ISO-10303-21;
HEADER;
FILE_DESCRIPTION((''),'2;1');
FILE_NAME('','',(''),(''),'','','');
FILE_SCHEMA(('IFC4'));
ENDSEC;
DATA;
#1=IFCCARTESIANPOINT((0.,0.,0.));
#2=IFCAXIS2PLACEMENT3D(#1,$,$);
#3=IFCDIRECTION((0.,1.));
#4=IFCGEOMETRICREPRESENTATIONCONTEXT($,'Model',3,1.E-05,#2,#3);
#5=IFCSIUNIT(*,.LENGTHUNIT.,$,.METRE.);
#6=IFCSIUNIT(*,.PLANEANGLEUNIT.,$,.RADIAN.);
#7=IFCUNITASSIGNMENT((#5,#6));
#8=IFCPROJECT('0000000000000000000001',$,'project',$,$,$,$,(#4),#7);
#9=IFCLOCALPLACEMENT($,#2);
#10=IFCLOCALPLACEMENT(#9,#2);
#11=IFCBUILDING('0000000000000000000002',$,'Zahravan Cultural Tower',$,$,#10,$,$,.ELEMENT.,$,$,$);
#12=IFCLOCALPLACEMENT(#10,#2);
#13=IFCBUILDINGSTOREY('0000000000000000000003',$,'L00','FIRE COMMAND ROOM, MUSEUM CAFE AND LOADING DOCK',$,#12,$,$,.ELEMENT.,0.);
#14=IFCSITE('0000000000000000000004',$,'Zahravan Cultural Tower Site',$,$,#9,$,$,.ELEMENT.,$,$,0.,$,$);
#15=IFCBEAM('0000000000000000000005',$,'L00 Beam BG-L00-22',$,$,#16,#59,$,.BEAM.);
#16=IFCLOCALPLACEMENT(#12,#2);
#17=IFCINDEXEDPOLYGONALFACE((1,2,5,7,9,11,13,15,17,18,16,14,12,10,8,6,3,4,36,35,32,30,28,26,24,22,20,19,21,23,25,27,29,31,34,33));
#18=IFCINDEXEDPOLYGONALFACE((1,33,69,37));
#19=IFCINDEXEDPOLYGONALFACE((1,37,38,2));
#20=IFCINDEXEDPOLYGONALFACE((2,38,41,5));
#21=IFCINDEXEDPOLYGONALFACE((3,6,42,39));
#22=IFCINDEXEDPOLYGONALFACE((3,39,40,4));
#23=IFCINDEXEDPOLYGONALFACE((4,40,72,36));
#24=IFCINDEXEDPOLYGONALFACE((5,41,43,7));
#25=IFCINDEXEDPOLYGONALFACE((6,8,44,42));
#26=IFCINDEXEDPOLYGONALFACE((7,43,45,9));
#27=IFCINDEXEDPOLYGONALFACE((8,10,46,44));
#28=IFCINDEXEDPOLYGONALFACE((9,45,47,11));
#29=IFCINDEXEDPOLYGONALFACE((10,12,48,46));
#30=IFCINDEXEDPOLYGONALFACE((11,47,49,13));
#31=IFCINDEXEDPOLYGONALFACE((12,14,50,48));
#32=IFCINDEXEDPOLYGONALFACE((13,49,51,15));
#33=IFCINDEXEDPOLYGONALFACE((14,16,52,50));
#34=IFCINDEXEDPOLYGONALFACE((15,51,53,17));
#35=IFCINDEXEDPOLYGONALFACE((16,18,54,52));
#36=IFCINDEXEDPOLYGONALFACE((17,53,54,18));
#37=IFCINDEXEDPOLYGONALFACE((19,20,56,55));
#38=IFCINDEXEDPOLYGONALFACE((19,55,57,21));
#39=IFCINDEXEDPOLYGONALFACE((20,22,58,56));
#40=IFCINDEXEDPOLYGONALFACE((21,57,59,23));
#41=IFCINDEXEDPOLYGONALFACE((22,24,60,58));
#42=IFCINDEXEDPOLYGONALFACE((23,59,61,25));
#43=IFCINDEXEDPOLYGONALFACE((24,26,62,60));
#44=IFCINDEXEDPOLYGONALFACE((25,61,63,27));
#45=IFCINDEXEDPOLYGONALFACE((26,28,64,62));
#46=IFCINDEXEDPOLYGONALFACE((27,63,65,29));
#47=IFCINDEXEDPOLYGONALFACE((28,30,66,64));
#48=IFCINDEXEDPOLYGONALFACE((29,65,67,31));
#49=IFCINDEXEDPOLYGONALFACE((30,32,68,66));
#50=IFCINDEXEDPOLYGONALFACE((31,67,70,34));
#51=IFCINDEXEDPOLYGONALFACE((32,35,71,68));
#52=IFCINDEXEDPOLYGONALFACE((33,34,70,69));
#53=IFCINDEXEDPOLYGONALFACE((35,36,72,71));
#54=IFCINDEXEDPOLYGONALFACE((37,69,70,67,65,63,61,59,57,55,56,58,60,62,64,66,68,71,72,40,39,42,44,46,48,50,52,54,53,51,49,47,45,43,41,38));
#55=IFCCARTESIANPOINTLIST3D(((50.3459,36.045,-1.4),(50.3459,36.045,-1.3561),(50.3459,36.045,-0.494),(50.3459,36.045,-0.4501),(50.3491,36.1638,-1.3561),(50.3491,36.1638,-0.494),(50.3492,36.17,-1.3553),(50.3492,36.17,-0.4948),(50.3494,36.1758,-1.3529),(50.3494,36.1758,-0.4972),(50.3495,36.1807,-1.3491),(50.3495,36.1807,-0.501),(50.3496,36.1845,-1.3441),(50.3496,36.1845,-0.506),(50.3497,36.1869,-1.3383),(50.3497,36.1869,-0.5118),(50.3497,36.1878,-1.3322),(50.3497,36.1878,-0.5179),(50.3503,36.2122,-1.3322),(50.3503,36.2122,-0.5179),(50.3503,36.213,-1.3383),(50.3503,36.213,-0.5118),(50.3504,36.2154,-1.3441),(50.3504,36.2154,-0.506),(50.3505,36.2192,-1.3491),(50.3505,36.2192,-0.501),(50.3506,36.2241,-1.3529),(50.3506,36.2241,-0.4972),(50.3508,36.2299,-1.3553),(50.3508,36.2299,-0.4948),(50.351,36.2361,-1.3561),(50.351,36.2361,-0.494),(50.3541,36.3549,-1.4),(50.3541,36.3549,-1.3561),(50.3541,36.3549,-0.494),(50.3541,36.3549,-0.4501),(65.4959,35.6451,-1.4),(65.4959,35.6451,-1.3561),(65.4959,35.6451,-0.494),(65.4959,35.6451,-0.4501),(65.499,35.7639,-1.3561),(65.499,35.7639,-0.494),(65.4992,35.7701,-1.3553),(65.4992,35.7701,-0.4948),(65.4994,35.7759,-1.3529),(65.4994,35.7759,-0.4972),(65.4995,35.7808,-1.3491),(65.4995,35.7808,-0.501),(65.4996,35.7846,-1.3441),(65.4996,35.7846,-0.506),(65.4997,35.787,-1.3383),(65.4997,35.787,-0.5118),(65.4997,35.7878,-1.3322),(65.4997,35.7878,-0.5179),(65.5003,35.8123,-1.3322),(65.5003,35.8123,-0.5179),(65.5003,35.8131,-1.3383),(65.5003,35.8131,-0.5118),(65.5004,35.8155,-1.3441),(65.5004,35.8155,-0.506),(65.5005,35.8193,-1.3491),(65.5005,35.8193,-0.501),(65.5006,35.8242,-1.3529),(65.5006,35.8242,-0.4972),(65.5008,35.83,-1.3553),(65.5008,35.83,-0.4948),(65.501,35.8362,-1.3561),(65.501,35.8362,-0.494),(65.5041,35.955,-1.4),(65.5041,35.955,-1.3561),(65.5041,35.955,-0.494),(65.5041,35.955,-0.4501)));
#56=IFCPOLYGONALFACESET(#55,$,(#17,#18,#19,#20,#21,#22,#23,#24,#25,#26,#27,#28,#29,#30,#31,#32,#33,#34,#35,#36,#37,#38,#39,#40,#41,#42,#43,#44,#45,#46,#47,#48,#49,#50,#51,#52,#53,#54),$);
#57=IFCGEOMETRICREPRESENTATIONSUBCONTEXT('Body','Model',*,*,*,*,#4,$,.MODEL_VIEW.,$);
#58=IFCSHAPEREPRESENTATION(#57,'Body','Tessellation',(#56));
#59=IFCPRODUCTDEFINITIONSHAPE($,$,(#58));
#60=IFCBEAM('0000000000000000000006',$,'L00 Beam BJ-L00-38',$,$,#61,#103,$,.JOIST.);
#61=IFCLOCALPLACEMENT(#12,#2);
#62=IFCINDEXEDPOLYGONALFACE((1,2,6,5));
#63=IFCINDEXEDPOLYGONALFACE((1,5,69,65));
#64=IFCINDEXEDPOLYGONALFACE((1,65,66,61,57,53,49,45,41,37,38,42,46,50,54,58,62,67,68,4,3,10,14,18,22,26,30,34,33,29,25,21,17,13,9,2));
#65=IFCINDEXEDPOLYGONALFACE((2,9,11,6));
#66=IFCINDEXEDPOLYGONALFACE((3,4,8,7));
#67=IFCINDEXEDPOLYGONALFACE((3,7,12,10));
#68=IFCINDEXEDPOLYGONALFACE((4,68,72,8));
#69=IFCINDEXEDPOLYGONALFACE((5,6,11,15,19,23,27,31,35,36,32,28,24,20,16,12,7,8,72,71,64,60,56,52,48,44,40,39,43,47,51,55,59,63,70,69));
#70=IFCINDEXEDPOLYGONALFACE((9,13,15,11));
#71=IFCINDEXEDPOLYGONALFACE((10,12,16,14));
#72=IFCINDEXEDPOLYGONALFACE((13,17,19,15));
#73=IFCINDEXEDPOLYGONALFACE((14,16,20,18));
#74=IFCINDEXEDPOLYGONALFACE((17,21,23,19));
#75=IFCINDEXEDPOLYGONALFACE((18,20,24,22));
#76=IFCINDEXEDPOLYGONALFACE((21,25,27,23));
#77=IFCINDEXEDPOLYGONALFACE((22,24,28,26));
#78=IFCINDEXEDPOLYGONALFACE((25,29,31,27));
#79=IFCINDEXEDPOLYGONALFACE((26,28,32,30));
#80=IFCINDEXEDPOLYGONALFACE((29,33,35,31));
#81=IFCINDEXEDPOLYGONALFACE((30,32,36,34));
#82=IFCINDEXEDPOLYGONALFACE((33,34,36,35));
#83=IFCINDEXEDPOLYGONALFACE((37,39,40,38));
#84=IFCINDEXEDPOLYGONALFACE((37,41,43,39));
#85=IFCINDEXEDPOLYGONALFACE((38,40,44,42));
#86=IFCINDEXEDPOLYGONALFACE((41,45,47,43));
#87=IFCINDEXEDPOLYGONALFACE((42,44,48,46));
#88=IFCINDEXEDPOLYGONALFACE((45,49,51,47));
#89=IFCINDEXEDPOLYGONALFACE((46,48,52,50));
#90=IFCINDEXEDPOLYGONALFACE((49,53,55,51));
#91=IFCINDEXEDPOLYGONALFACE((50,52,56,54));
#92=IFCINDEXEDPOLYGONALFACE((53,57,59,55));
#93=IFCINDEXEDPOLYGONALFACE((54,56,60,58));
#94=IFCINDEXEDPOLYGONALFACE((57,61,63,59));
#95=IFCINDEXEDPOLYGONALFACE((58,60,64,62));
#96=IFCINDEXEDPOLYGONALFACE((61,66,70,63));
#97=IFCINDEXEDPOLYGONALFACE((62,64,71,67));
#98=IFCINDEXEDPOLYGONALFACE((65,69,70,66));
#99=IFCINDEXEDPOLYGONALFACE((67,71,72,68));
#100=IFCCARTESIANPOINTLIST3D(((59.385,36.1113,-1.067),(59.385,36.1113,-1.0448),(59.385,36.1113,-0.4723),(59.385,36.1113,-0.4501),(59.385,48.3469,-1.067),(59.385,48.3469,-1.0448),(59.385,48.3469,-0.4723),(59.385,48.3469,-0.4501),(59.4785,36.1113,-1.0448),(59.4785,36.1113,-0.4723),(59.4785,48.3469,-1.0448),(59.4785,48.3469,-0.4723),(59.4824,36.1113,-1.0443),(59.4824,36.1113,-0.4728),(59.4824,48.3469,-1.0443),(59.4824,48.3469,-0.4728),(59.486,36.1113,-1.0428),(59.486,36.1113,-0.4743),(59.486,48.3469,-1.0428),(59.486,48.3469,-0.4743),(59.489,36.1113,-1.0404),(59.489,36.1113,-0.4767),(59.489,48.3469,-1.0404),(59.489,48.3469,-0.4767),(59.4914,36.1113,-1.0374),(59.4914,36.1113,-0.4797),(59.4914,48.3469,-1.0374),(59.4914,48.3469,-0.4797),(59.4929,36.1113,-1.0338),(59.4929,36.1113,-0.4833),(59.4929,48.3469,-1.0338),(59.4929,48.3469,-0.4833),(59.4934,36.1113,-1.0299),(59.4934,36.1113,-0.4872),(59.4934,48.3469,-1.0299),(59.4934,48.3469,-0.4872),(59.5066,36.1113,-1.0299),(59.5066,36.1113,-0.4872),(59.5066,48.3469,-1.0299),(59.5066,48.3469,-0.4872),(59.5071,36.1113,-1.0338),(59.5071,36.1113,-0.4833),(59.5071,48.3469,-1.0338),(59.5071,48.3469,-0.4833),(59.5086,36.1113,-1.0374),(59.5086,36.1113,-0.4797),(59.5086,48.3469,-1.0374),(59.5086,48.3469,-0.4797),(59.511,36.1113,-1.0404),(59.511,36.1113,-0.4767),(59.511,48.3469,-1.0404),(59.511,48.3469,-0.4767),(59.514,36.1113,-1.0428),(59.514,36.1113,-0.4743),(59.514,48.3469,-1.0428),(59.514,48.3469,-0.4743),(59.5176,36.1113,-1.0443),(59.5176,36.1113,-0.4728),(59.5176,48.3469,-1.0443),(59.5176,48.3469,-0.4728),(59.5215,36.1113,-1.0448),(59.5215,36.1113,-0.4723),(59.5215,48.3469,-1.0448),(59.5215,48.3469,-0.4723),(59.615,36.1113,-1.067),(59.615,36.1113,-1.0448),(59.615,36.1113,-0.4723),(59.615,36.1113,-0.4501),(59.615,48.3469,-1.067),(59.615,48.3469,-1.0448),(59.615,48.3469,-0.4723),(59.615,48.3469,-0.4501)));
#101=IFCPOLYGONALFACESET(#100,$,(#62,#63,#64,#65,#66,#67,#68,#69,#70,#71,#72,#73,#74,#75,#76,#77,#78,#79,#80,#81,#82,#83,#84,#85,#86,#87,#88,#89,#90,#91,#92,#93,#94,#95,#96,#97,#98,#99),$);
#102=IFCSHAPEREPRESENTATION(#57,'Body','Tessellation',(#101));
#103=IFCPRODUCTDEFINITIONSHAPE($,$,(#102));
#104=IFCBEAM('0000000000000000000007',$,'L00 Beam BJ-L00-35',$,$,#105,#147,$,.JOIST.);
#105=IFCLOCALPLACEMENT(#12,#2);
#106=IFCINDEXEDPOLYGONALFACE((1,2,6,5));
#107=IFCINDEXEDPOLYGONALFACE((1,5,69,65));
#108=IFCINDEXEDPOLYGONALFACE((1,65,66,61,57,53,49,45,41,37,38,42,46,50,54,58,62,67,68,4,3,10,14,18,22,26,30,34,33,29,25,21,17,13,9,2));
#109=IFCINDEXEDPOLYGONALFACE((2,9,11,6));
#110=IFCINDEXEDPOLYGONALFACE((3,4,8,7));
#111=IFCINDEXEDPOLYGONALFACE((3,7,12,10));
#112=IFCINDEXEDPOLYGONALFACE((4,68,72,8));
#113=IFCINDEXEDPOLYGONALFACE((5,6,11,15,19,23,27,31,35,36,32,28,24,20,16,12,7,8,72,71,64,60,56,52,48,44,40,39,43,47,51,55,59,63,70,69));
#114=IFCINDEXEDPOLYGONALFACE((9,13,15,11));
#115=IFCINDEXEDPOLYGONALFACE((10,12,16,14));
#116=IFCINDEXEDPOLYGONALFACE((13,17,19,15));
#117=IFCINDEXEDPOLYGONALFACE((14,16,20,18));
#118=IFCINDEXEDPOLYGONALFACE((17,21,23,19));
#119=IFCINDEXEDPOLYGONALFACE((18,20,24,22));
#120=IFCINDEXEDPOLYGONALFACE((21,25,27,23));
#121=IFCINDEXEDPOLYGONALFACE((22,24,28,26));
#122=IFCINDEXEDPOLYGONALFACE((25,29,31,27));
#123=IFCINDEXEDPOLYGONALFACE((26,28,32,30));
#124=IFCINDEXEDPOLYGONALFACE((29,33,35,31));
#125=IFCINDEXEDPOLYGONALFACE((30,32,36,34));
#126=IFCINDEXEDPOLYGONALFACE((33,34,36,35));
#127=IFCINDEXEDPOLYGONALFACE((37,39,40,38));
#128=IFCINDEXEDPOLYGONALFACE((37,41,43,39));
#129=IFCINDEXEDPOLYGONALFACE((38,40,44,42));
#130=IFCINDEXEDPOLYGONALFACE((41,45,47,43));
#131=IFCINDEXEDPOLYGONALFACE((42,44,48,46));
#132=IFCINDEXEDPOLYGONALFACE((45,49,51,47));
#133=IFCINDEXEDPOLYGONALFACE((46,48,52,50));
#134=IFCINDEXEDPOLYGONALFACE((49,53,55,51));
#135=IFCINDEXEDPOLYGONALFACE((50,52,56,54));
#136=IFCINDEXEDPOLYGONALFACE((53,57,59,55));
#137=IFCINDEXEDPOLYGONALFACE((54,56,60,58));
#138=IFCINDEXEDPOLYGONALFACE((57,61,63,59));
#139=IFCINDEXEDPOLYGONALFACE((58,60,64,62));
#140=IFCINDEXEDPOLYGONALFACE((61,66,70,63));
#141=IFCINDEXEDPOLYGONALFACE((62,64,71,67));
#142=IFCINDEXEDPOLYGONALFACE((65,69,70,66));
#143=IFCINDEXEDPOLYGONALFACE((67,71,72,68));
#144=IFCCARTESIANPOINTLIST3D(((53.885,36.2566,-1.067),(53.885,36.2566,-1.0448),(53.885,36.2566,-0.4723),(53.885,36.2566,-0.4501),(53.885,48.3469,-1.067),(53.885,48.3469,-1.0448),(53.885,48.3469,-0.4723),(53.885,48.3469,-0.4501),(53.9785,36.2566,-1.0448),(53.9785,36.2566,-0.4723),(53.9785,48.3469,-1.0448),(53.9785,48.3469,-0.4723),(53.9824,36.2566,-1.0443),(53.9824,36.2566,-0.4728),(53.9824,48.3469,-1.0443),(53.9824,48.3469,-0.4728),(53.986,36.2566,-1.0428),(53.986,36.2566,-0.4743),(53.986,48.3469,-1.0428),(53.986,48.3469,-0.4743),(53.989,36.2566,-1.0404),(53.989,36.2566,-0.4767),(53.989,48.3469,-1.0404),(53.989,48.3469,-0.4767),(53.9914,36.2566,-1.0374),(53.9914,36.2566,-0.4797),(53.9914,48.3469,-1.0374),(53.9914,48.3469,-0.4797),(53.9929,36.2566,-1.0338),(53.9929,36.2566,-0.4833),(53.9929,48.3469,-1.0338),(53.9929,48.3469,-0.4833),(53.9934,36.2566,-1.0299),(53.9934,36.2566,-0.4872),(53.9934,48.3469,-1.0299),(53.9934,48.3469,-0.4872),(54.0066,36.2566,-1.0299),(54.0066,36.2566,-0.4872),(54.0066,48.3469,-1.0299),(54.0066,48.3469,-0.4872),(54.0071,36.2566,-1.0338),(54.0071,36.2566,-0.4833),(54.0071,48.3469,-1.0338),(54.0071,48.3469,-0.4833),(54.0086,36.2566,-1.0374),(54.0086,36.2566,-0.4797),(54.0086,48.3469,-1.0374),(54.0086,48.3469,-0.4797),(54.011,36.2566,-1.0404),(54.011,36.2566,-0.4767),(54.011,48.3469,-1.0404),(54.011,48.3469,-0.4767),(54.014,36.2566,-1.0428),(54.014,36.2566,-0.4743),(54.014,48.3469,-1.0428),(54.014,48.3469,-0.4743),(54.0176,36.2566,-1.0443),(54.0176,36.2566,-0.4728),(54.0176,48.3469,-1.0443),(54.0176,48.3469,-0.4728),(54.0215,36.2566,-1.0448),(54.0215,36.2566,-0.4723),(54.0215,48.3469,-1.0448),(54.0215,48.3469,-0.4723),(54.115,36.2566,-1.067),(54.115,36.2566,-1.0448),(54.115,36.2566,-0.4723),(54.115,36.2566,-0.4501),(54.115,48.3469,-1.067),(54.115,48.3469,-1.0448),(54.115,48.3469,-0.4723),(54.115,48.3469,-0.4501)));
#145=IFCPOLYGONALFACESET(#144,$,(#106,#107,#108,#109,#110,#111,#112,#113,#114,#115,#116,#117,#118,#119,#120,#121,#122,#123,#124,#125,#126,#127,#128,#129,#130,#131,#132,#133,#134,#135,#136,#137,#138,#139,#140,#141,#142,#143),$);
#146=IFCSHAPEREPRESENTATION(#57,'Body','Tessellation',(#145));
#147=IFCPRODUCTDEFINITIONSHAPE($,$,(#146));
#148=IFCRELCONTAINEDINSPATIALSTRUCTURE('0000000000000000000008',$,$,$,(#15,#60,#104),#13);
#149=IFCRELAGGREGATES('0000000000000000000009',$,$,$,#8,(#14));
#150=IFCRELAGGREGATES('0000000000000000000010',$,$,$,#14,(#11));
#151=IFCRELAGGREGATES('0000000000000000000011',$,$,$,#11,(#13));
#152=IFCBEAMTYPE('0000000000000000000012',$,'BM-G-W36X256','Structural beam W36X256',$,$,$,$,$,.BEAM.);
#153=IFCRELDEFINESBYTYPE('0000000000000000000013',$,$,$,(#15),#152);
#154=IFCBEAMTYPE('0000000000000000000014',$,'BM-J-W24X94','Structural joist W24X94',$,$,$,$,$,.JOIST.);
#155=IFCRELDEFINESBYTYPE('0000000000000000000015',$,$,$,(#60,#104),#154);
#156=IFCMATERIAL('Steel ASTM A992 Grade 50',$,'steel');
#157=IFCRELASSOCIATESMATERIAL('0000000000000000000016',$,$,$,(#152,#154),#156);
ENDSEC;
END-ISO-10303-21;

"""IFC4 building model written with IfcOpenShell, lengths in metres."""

from ifc_helpers import new_model, si_unit, direction, frame, origin, origin_2d, place, context, subcontext, project, spatial, i_section, extrude, source, transform, mapped, material, material_profile, profile_set, type_object, element, save


model = new_model("IFC4")

# Units and contexts
model_context = context("Model", 3, precision=1e-05, world=origin(), true_north=direction((0.0, 1.0)))
body_context = subcontext(model_context, "Body", "Model", "MODEL_VIEW")
ifc_project = project(units=[si_unit("LENGTHUNIT", "METRE"), si_unit("PLANEANGLEUNIT", "RADIAN")], contexts=[model_context])

# Site, building, storey
site_placement = place(None, origin())
site = spatial("IfcSite", under=ifc_project, at=site_placement, Name="Zahravan Cultural Tower Site", CompositionType="ELEMENT", RefElevation=0.0)
building_placement = place(site_placement, origin())
building = spatial("IfcBuilding", under=site, at=building_placement, Name="Zahravan Cultural Tower", CompositionType="ELEMENT")
storey_placement = place(building_placement, origin())
storey = spatial("IfcBuildingStorey", under=building, at=storey_placement, Name="L00", Description="FIRE COMMAND ROOM, MUSEUM CAFE AND LOADING DOCK", CompositionType="ELEMENT", Elevation=0.0)

# Beams
ifc_material_1 = material(Name="Steel ASTM A992 Grade 50", Category="steel")
ifc_material_profile_1 = material_profile(ifc_material_1, i_section(OverallWidth=0.3101, OverallDepth=0.95, WebThickness=0.0244, FlangeThickness=0.0439, FilletRadius=0.0239, at=origin_2d()), Name="W36X256")
ifc_profile_set_1 = profile_set([ifc_material_profile_1], Name="Steel ASTM A992 Grade 50")
beam_type_1 = type_object("IfcBeamType", Name="BM-G-W36X256", Description="Structural beam W36X256", PredefinedType="BEAM", material=ifc_profile_set_1)
shared_shape_1 = source(origin(), body_context, "Body", "SweptSolid", [
    extrude(i_section(OverallWidth=0.3101, OverallDepth=0.95, WebThickness=0.0244, FlangeThickness=0.0439, FilletRadius=0.0239, at=origin_2d()), origin(), (0.0, 0.0, 1.0), 15.1553),
])
beam_1_placement = place(storey_placement, frame((65.5, 35.8, -0.925), z_axis=(-0.999652, 0.026387, 0.0), x_axis=(-0.026387, -0.999652, 0.0)))
element("IfcBeam", 1, at=beam_1_placement, inside=storey, type_object=beam_type_1, Name="L00 Beam BG-L00-22", PredefinedType="BEAM", context=body_context, shape_type="MappedRepresentation", body=[
    mapped(shared_shape_1, transform((0.0, 0.0, 0.0), x_axis=(1.0, 0.0, 0.0), y_axis=(0.0, 1.0, 0.0), z_axis=(0.0, 0.0, 1.0), scale=1.0)),
])
ifc_material_profile_2 = material_profile(ifc_material_1, i_section(OverallWidth=0.23, OverallDepth=0.6169, WebThickness=0.0132, FlangeThickness=0.0222, FilletRadius=0.0149, at=origin_2d()), Name="W24X94")
ifc_profile_set_2 = profile_set([ifc_material_profile_2], Name="Steel ASTM A992 Grade 50")
beam_type_2 = type_object("IfcBeamType", Name="BM-J-W24X94", Description="Structural joist W24X94", PredefinedType="JOIST", material=ifc_profile_set_2)
shared_shape_2 = source(origin(), body_context, "Body", "SweptSolid", [
    extrude(i_section(OverallWidth=0.23, OverallDepth=0.6169, WebThickness=0.0132, FlangeThickness=0.0222, FilletRadius=0.0149, at=origin_2d()), origin(), (0.0, 0.0, 1.0), 12.2356),
])
beam_2_placement = place(storey_placement, frame((59.5, 36.1113, -0.7585), z_axis=(0.0, 1.0, 0.0), x_axis=(-1.0, 0.0, 0.0)))
element("IfcBeam", 2, at=beam_2_placement, inside=storey, type_object=beam_type_2, Name="L00 Beam BJ-L00-38", PredefinedType="JOIST", context=body_context, shape_type="MappedRepresentation", body=[
    mapped(shared_shape_2, transform((0.0, 0.0, 0.0), x_axis=(1.0, 0.0, 0.0), y_axis=(0.0, 1.0, 0.0), z_axis=(0.0, 0.0, 1.0), scale=1.0)),
])
shared_shape_3 = source(origin(), body_context, "Body", "SweptSolid", [
    extrude(i_section(OverallWidth=0.23, OverallDepth=0.6169, WebThickness=0.0132, FlangeThickness=0.0222, FilletRadius=0.0149, at=origin_2d()), origin(), (0.0, 0.0, 1.0), 12.0903),
])
beam_3_placement = place(storey_placement, frame((54.0, 36.2566, -0.7585), z_axis=(0.0, 1.0, 0.0), x_axis=(-1.0, 0.0, 0.0)))
element("IfcBeam", 3, at=beam_3_placement, inside=storey, type_object=beam_type_2, Name="L00 Beam BJ-L00-35", PredefinedType="JOIST", context=body_context, shape_type="MappedRepresentation", body=[
    mapped(shared_shape_3, transform((0.0, 0.0, 0.0), x_axis=(1.0, 0.0, 0.0), y_axis=(0.0, 1.0, 0.0), z_axis=(0.0, 0.0, 1.0), scale=1.0)),
])

save(model, "model.ifc")
